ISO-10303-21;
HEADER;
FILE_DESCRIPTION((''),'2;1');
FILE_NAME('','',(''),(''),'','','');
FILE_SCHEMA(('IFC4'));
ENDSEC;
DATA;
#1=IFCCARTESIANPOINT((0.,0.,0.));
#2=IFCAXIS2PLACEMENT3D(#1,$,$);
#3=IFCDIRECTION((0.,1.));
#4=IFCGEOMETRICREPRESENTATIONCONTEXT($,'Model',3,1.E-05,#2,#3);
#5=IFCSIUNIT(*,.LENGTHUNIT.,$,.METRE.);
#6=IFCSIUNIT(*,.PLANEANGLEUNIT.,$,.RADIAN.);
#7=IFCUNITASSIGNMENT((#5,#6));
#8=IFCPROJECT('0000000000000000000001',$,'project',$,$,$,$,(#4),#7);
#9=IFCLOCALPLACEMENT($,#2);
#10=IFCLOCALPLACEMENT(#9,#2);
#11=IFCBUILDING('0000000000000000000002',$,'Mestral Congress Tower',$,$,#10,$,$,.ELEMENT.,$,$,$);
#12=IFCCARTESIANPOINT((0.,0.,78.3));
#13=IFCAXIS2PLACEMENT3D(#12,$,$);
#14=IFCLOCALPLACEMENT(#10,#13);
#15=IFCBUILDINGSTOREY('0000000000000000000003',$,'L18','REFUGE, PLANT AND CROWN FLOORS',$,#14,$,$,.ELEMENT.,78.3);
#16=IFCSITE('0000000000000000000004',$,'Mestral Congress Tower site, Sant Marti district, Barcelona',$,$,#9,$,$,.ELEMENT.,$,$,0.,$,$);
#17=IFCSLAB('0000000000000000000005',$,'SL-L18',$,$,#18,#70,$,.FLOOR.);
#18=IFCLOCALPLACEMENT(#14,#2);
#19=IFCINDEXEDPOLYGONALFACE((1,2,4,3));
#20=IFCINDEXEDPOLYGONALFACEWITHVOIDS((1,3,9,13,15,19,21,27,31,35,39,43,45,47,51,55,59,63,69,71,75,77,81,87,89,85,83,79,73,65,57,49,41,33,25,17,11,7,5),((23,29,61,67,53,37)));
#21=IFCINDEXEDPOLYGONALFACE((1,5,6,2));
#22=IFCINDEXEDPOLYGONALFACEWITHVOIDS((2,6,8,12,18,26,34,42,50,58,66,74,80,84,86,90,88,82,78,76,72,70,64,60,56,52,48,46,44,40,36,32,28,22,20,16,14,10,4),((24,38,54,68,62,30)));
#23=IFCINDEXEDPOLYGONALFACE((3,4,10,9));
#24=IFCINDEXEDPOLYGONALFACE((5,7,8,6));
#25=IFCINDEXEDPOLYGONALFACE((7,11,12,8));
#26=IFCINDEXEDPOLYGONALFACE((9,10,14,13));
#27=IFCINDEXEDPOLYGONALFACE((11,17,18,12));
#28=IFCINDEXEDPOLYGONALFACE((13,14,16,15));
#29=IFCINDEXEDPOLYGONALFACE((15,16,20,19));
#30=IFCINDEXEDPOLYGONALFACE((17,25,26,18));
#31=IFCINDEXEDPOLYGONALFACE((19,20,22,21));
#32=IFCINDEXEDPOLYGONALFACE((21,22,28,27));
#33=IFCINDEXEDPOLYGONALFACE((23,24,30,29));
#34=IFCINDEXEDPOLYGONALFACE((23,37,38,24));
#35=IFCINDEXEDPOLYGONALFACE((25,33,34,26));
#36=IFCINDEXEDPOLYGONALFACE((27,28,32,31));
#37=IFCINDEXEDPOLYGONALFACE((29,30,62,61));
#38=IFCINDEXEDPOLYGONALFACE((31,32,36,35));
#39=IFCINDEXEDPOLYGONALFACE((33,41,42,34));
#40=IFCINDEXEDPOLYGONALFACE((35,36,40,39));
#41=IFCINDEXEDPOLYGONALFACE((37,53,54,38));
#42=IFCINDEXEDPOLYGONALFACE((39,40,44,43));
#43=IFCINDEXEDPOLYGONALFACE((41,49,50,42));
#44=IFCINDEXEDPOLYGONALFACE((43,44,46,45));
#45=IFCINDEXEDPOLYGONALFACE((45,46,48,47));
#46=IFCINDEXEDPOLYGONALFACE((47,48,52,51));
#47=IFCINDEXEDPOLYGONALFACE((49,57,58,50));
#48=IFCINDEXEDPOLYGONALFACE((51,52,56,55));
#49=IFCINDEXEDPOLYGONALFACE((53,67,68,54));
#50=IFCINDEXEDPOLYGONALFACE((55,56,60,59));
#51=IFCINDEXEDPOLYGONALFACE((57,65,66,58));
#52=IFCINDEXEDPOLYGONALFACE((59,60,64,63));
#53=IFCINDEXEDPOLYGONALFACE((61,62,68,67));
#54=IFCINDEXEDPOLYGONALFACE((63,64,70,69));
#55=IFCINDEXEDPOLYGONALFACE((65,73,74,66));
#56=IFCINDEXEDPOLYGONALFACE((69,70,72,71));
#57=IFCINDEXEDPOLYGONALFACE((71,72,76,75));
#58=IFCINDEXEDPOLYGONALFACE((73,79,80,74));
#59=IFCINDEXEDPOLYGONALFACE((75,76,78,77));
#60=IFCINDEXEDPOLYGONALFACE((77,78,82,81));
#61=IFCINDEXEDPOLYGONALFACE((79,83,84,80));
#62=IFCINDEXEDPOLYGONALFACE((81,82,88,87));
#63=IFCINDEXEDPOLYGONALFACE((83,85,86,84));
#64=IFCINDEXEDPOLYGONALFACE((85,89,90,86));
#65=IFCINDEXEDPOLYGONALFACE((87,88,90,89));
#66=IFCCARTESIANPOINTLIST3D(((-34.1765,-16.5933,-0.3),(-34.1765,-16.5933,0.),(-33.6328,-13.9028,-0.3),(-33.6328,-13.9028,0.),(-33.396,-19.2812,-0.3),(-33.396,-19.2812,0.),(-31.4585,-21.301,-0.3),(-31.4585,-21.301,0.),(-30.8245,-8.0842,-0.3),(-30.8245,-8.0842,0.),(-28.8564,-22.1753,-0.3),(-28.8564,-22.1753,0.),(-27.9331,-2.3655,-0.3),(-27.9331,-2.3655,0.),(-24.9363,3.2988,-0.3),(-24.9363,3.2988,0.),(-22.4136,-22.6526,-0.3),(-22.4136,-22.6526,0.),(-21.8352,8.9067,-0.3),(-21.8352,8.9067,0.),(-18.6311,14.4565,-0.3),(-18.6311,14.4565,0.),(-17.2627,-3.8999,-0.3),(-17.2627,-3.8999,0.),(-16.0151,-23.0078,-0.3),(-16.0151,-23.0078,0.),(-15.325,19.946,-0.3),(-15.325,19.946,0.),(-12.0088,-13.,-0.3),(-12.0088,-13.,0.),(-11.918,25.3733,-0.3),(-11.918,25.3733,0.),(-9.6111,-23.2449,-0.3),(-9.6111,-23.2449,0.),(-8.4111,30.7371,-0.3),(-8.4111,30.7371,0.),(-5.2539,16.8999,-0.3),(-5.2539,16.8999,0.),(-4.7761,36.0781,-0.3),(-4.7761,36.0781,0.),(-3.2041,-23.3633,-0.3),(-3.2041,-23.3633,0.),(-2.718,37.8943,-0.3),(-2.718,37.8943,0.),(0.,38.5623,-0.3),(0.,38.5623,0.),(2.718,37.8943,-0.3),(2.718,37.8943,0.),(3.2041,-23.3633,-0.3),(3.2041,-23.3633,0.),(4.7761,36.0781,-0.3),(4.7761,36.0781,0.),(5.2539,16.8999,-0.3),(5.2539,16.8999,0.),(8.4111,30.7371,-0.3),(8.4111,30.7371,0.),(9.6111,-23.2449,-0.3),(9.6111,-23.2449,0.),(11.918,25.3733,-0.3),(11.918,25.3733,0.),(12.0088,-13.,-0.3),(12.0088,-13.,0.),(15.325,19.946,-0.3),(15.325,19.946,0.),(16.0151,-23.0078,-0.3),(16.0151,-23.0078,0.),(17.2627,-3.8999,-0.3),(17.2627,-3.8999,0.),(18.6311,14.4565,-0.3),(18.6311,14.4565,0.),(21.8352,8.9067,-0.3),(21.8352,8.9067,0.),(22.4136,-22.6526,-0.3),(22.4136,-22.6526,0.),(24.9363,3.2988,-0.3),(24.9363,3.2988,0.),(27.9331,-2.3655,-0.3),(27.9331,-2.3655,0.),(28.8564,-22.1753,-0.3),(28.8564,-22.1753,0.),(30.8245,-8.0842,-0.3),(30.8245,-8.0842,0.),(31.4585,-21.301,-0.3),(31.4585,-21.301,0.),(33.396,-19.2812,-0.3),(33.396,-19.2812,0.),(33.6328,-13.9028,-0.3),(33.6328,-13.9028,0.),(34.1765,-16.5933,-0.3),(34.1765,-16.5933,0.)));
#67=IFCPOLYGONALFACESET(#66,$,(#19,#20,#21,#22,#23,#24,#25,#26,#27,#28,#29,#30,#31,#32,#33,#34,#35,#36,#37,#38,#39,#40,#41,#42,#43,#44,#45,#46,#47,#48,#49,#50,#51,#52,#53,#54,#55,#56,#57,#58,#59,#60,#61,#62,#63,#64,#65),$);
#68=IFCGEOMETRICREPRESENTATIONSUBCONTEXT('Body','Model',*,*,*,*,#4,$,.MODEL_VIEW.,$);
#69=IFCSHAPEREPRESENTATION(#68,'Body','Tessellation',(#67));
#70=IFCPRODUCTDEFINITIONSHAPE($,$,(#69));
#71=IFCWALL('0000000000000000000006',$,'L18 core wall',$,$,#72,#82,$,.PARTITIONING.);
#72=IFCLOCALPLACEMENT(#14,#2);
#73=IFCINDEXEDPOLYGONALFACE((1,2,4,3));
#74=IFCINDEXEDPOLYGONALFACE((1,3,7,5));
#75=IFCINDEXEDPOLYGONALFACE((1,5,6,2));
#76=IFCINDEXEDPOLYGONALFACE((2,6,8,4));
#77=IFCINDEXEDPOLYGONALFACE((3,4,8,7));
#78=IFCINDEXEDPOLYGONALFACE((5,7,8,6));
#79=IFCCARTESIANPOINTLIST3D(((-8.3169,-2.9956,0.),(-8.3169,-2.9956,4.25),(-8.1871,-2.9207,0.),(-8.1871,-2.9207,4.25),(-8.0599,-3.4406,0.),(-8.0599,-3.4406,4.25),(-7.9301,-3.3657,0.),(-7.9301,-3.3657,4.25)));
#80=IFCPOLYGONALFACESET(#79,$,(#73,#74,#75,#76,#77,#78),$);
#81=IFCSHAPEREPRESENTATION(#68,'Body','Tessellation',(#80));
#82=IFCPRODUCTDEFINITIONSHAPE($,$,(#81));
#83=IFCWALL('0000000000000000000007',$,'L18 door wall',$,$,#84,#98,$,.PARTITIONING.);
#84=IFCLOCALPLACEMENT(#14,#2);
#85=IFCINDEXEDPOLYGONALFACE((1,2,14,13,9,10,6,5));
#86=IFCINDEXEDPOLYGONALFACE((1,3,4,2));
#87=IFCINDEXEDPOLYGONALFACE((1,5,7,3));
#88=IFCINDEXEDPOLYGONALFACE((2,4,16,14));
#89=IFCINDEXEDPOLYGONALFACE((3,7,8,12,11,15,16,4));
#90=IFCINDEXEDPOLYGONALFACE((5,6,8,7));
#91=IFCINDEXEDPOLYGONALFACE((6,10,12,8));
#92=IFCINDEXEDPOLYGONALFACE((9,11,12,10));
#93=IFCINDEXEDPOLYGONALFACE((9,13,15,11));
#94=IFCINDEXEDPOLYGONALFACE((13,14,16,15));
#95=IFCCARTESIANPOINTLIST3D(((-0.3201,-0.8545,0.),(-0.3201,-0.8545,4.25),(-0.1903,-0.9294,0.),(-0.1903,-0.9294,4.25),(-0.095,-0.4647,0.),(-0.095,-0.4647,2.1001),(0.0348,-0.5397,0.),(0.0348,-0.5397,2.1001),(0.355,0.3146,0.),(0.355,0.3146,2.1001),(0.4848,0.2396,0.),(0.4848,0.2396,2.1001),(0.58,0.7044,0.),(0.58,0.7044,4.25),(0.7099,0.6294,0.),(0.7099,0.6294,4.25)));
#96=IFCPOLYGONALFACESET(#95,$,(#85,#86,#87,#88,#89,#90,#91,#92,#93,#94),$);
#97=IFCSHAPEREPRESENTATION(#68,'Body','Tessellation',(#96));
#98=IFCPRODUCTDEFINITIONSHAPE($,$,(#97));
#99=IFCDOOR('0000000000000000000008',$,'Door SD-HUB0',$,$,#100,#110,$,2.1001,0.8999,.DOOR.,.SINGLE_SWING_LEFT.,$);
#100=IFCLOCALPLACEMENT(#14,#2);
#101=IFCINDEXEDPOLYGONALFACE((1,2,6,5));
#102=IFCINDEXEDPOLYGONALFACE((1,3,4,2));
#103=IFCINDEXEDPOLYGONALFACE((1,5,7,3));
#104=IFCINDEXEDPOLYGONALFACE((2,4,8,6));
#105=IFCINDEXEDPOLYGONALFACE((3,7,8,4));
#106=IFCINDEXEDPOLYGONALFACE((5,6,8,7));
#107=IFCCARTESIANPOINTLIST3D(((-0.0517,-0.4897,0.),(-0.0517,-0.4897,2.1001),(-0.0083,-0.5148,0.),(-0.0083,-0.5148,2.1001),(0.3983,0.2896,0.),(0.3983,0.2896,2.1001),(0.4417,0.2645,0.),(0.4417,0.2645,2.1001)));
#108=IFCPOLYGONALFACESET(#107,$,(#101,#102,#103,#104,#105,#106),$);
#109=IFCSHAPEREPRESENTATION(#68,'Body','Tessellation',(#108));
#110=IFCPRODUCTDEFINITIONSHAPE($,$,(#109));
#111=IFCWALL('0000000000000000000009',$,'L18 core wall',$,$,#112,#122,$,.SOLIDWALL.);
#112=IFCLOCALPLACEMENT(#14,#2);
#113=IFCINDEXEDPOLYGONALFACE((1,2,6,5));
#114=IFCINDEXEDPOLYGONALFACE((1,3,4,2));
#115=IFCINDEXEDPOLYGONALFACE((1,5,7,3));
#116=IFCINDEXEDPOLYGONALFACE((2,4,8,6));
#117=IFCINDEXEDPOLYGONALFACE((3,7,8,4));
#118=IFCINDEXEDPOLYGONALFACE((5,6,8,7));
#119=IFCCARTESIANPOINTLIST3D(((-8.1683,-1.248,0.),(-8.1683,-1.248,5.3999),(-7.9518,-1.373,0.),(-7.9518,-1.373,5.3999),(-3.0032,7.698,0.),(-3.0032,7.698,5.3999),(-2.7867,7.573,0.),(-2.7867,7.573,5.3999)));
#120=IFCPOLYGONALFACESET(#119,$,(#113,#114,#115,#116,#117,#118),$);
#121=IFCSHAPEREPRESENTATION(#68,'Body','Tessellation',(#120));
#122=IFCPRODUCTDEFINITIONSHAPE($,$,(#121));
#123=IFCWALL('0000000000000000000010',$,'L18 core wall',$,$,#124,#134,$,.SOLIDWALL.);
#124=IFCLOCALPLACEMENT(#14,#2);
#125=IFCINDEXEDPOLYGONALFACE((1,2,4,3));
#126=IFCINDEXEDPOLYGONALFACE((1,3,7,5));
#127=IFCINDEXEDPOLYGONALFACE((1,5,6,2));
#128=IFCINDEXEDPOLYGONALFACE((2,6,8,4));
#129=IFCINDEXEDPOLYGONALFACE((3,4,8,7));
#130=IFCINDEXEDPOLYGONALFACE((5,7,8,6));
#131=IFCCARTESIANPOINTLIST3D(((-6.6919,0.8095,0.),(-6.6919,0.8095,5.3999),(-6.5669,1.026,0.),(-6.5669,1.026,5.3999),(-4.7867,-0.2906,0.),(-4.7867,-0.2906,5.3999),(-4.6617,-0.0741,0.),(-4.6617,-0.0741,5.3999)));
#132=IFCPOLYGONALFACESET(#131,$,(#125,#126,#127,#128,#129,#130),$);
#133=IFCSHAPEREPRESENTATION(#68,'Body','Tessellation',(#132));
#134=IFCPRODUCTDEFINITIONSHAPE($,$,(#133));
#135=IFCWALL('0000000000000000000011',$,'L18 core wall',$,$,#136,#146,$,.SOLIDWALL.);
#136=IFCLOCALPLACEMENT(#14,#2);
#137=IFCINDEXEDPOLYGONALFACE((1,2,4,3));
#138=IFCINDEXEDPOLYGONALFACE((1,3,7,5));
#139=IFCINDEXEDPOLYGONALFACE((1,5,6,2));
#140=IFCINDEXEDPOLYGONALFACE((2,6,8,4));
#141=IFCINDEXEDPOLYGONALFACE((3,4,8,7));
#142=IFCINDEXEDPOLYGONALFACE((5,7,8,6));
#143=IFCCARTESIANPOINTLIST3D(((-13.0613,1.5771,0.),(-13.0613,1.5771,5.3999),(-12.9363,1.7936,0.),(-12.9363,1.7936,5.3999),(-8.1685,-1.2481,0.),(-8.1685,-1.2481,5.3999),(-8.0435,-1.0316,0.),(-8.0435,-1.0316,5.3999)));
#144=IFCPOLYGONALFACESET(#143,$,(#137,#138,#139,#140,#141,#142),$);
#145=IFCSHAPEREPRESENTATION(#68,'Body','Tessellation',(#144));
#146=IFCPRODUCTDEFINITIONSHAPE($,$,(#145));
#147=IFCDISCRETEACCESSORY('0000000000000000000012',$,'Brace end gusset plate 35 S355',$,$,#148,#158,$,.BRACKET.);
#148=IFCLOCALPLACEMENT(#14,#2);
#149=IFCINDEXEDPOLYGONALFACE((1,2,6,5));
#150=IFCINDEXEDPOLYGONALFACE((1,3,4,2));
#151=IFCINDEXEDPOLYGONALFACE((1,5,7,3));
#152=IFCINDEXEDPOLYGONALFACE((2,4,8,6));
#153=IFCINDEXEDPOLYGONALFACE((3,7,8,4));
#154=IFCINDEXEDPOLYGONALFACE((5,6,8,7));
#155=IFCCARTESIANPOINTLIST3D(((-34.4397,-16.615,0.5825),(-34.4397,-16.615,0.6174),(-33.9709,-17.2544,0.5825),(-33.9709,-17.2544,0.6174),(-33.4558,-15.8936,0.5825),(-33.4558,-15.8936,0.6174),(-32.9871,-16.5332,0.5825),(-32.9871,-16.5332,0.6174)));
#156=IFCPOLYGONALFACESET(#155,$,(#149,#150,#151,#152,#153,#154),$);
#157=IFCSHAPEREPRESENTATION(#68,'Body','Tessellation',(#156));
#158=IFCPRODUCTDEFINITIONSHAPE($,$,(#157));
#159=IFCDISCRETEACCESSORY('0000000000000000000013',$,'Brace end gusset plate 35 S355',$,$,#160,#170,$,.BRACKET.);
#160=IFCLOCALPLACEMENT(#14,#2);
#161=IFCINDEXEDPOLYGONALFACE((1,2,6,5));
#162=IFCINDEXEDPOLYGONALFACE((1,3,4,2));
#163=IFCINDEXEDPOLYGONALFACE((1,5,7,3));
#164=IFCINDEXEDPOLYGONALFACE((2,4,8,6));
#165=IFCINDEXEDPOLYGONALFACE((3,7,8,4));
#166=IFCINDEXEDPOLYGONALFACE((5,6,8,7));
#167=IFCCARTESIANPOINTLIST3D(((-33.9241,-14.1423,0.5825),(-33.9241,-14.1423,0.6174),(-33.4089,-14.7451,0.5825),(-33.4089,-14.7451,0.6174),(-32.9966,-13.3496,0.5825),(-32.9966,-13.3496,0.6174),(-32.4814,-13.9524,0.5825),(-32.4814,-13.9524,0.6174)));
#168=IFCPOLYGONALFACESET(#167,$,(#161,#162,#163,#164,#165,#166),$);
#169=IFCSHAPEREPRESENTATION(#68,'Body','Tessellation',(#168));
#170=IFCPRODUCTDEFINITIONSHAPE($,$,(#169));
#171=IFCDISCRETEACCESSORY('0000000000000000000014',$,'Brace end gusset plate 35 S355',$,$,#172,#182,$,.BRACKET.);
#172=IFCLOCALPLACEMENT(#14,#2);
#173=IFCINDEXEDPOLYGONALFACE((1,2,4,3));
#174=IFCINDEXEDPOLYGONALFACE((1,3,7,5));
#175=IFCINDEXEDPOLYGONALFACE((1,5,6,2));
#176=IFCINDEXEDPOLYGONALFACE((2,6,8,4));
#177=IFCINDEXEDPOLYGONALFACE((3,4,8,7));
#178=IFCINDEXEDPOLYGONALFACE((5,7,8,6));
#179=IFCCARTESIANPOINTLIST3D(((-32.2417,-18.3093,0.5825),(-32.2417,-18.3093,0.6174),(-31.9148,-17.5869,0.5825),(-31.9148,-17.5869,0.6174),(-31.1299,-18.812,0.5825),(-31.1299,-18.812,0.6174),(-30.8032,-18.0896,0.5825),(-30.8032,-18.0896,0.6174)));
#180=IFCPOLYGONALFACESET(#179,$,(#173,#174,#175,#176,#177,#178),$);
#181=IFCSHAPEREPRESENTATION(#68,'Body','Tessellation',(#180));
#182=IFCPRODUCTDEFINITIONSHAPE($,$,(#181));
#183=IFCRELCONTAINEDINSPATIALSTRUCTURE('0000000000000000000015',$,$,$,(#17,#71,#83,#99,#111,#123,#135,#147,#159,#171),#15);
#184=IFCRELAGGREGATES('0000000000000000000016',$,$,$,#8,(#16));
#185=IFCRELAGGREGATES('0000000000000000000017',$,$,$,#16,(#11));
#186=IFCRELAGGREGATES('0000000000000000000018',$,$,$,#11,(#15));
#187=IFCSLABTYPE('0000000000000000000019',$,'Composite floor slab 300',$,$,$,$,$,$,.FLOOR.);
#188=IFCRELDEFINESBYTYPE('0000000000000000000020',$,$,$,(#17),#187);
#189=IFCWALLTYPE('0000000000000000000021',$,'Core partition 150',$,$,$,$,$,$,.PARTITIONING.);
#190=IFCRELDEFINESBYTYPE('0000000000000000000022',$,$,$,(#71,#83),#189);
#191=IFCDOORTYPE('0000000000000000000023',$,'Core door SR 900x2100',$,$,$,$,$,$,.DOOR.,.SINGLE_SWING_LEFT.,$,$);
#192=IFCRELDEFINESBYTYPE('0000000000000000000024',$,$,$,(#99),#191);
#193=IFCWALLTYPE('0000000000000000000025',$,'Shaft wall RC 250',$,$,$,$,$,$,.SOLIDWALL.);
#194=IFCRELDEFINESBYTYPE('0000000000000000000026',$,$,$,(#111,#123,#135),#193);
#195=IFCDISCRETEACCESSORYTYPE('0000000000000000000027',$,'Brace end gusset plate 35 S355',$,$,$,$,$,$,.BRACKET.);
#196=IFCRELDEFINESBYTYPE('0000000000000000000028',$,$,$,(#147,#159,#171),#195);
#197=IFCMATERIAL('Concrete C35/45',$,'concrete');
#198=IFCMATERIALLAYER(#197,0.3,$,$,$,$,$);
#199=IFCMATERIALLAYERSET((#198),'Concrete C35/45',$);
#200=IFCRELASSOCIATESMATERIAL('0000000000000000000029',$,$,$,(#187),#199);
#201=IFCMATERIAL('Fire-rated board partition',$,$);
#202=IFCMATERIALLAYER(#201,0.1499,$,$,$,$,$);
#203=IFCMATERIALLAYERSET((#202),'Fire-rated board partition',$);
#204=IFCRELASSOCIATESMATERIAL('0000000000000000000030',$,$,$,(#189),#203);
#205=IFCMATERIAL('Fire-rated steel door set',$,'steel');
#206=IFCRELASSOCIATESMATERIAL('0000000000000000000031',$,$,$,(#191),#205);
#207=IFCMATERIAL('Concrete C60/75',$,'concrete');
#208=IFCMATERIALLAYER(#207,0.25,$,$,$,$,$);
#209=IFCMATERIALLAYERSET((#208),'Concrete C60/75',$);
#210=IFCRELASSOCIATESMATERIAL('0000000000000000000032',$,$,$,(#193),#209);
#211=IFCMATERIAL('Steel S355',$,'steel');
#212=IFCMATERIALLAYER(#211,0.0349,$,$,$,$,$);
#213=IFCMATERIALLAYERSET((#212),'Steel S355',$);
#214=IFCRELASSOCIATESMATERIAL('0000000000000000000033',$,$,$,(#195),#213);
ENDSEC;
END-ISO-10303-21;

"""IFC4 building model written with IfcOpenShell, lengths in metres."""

from ifc_helpers import new_model, si_unit, direction, frame, frame_2d, origin, place, context, subcontext, project, spatial, polyline, rectangle, outline, extrude, material, layer, layer_set, type_object, element, fill, save


model = new_model("IFC4")

# Units and contexts
model_context = context("Model", 3, precision=1e-05, world=origin(), true_north=direction((0.0, 1.0)))
body_context = subcontext(model_context, "Body", "Model", "MODEL_VIEW")
ifc_project = project(units=[si_unit("LENGTHUNIT", "METRE"), si_unit("PLANEANGLEUNIT", "RADIAN")], contexts=[model_context])

# Site, building, storey
site_placement = place(None, origin())
site = spatial("IfcSite", under=ifc_project, at=site_placement, Name="Mestral Congress Tower site, Sant Marti district, Barcelona", CompositionType="ELEMENT", RefElevation=0.0)
building_placement = place(site_placement, origin())
building = spatial("IfcBuilding", under=site, at=building_placement, Name="Mestral Congress Tower", CompositionType="ELEMENT")
storey_placement = place(building_placement, frame((0.0, 0.0, 78.3)))
storey = spatial("IfcBuildingStorey", under=building, at=storey_placement, Name="L18", Description="REFUGE, PLANT AND CROWN FLOORS", CompositionType="ELEMENT", Elevation=78.3)

# Slab
ifc_material_1 = material(Name="Concrete C35/45", Category="concrete")
ifc_layer_1 = layer(ifc_material_1, 0.3)
ifc_layer_set_1 = layer_set([ifc_layer_1], Name="Concrete C35/45")
slab_type = type_object("IfcSlabType", Name="Composite floor slab 300", PredefinedType="FLOOR", material=ifc_layer_set_1)
slab_placement = place(storey_placement, frame((0.0, 0.0, -0.3)))
element("IfcSlab", 1, at=slab_placement, inside=storey, type_object=slab_type, Name="SL-L18", PredefinedType="FLOOR", context=body_context, shape_type="SweptSolid", body=[
    extrude(outline(polyline([(-28.8564, -22.1753), (-31.4585, -21.301), (-33.396, -19.2812), (-34.1765, -16.5933), (-33.6328, -13.9028), (-30.8245, -8.0842), (-27.9331, -2.3655), (-24.9363, 3.2988), (-21.8352, 8.9067), (-18.6311, 14.4565), (-15.325, 19.946), (-11.918, 25.3733), (-8.4111, 30.7371), (-4.7761, 36.0781), (-2.718, 37.8943), (0.0, 38.5623), (2.718, 37.8943), (4.7761, 36.0781), (8.4111, 30.7371), (11.918, 25.3733), (15.325, 19.946), (18.6311, 14.4565), (21.8352, 8.9067), (24.9363, 3.2988), (27.9331, -2.3655), (30.8245, -8.0842), (33.6328, -13.9028), (34.1765, -16.5933), (33.396, -19.2812), (31.4585, -21.301), (28.8564, -22.1753), (22.4136, -22.6526), (16.0151, -23.0078), (9.6111, -23.2449), (3.2041, -23.3633), (-3.2041, -23.3633), (-9.6111, -23.2449), (-16.0151, -23.0078), (-22.4136, -22.6526), (-28.8564, -22.1753)]), holes=[polyline([(-5.2539, 16.8999), (-17.2627, -3.8999), (-12.0088, -13.0), (12.0088, -13.0), (17.2627, -3.8999), (5.2539, 16.8999), (-5.2539, 16.8999)])]), origin(), (0.0, 0.0, 1.0), 0.3),
])

# Wall
ifc_material_2 = material(Name="Fire-rated board partition")
ifc_layer_2 = layer(ifc_material_2, 0.1499)
ifc_layer_set_2 = layer_set([ifc_layer_2], Name="Fire-rated board partition")
wall_type_1 = type_object("IfcWallType", Name="Core partition 150", PredefinedType="PARTITIONING", material=ifc_layer_set_2)
wall_1_placement = place(storey_placement, frame((-8.252, -2.9583, 0.0), z_axis=(0.0, 0.0, 1.0), x_axis=(0.500175, -0.865925, 0.0)))
element("IfcWall", 2, at=wall_1_placement, inside=storey, type_object=wall_type_1, Name="L18 core wall", PredefinedType="PARTITIONING", context=body_context, shape_type="SweptSolid", body=[
    extrude(rectangle(XDim=0.5139, YDim=0.1499, at=frame_2d((0.2568, 0.0))), origin(), (0.0, 0.0, 1.0), 4.25),
])

# Wall, opening, door
wall_2_placement = place(storey_placement, frame((-0.2551, -0.8918, 0.0), z_axis=(0.0, 0.0, 1.0), x_axis=(0.500063, 0.865989, 0.0)))
wall_2 = element("IfcWall", 3, at=wall_2_placement, inside=storey, type_object=wall_type_1, Name="L18 door wall", PredefinedType="PARTITIONING", context=body_context, shape_type="SweptSolid", body=[
    extrude(rectangle(XDim=1.8, YDim=0.1499, at=frame_2d((0.8999, 0.0))), origin(), (0.0, 0.0, 1.0), 4.25),
])
opening_placement = place(wall_2_placement, frame((0.45, 0.0, 0.0)))
opening = element("IfcOpeningElement", 4, at=opening_placement, cuts=wall_2, PredefinedType="OPENING", context=body_context, shape_type="SweptSolid", body=[
    extrude(rectangle(XDim=0.8999, YDim=2.1001, at=frame_2d((0.45, 1.05))), frame((0.0, 0.085, 0.0), z_axis=(0.0, -1.0, 0.0), x_axis=(1.0, 0.0, 0.0)), (0.0, 0.0, 1.0), 0.1699),
])
ifc_material_3 = material(Name="Fire-rated steel door set", Category="steel")
door_type = type_object("IfcDoorType", Name="Core door SR 900x2100", OperationType="SINGLE_SWING_LEFT", PredefinedType="DOOR", material=ifc_material_3)
door_placement = place(opening_placement, origin())
door = element("IfcDoor", 5, at=door_placement, inside=storey, type_object=door_type, Name="Door SD-HUB0", OperationType="SINGLE_SWING_LEFT", OverallHeight=2.1001, OverallWidth=0.8999, PredefinedType="DOOR", context=body_context, shape_type="SweptSolid", body=[
    extrude(rectangle(XDim=0.8999, YDim=2.1001, at=frame_2d((0.45, 1.05))), frame((0.0, 0.0249, 0.0), z_axis=(0.0, -1.0, 0.0), x_axis=(1.0, 0.0, 0.0)), (0.0, 0.0, 1.0), 0.05),
])
fill(opening, door)

# Walls
ifc_material_4 = material(Name="Concrete C60/75", Category="concrete")
ifc_layer_3 = layer(ifc_material_4, 0.25)
ifc_layer_set_3 = layer_set([ifc_layer_3], Name="Concrete C60/75")
wall_type_2 = type_object("IfcWallType", Name="Shaft wall RC 250", PredefinedType="SOLIDWALL", material=ifc_layer_set_3)
wall_3_placement = place(storey_placement, frame((-8.0601, -1.3105, 0.0), z_axis=(0.0, 0.0, 1.0), x_axis=(0.500003, 0.866024, 0.0)))
element("IfcWall", 6, at=wall_3_placement, inside=storey, type_object=wall_type_2, Name="L18 core wall", PredefinedType="SOLIDWALL", context=body_context, shape_type="SweptSolid", body=[
    extrude(rectangle(XDim=10.3301, YDim=0.25, at=frame_2d((5.165, 0.0))), origin(), (0.0, 0.0, 1.0), 5.3999),
])
wall_4_placement = place(storey_placement, frame((-4.7241, -0.1824, 0.0), z_axis=(0.0, 0.0, 1.0), x_axis=(-0.866008, 0.50003, 0.0)))
element("IfcWall", 7, at=wall_4_placement, inside=storey, type_object=wall_type_2, Name="L18 core wall", PredefinedType="SOLIDWALL", context=body_context, shape_type="SweptSolid", body=[
    extrude(rectangle(XDim=2.2, YDim=0.25, at=frame_2d((1.1001, 0.0))), origin(), (0.0, 0.0, 1.0), 5.3999),
])
wall_5_placement = place(storey_placement, frame((-8.106, -1.1399, 0.0), z_axis=(0.0, 0.0, 1.0), x_axis=(-0.866001, 0.500043, 0.0)))
element("IfcWall", 8, at=wall_5_placement, inside=storey, type_object=wall_type_2, Name="L18 core wall", PredefinedType="SOLIDWALL", context=body_context, shape_type="SweptSolid", body=[
    extrude(rectangle(XDim=5.6499, YDim=0.25, at=frame_2d((2.825, 0.0))), origin(), (0.0, 0.0, 1.0), 5.3999),
])

# Discrete accessories
ifc_material_5 = material(Name="Steel S355", Category="steel")
ifc_layer_4 = layer(ifc_material_5, 0.0349)
ifc_layer_set_4 = layer_set([ifc_layer_4], Name="Steel S355")
discrete_accessory_type = type_object("IfcDiscreteAccessoryType", Name="Brace end gusset plate 35 S355", PredefinedType="BRACKET", material=ifc_layer_set_4)
placement_1 = place(storey_placement, frame((0.0, 0.0, 0.5825)))
element("IfcDiscreteAccessory", 9, at=placement_1, inside=storey, type_object=discrete_accessory_type, Name="Brace end gusset plate 35 S355", PredefinedType="BRACKET", context=body_context, shape_type="SweptSolid", body=[
    extrude(outline(polyline([(-33.9709, -17.2544), (-32.9871, -16.5332), (-33.4558, -15.8936), (-34.4397, -16.615), (-33.9709, -17.2544)])), origin(), (0.0, 0.0, 1.0), 0.0349),
])
element("IfcDiscreteAccessory", 10, at=placement_1, inside=storey, type_object=discrete_accessory_type, Name="Brace end gusset plate 35 S355", PredefinedType="BRACKET", context=body_context, shape_type="SweptSolid", body=[
    extrude(outline(polyline([(-33.4089, -14.7451), (-32.4814, -13.9524), (-32.9966, -13.3496), (-33.9241, -14.1423), (-33.4089, -14.7451)])), origin(), (0.0, 0.0, 1.0), 0.0349),
])
element("IfcDiscreteAccessory", 11, at=placement_1, inside=storey, type_object=discrete_accessory_type, Name="Brace end gusset plate 35 S355", PredefinedType="BRACKET", context=body_context, shape_type="SweptSolid", body=[
    extrude(outline(polyline([(-32.2417, -18.3093), (-31.1299, -18.812), (-30.8032, -18.0896), (-31.9148, -17.5869), (-32.2417, -18.3093)])), origin(), (0.0, 0.0, 1.0), 0.0349),
])

save(model, "model.ifc")
